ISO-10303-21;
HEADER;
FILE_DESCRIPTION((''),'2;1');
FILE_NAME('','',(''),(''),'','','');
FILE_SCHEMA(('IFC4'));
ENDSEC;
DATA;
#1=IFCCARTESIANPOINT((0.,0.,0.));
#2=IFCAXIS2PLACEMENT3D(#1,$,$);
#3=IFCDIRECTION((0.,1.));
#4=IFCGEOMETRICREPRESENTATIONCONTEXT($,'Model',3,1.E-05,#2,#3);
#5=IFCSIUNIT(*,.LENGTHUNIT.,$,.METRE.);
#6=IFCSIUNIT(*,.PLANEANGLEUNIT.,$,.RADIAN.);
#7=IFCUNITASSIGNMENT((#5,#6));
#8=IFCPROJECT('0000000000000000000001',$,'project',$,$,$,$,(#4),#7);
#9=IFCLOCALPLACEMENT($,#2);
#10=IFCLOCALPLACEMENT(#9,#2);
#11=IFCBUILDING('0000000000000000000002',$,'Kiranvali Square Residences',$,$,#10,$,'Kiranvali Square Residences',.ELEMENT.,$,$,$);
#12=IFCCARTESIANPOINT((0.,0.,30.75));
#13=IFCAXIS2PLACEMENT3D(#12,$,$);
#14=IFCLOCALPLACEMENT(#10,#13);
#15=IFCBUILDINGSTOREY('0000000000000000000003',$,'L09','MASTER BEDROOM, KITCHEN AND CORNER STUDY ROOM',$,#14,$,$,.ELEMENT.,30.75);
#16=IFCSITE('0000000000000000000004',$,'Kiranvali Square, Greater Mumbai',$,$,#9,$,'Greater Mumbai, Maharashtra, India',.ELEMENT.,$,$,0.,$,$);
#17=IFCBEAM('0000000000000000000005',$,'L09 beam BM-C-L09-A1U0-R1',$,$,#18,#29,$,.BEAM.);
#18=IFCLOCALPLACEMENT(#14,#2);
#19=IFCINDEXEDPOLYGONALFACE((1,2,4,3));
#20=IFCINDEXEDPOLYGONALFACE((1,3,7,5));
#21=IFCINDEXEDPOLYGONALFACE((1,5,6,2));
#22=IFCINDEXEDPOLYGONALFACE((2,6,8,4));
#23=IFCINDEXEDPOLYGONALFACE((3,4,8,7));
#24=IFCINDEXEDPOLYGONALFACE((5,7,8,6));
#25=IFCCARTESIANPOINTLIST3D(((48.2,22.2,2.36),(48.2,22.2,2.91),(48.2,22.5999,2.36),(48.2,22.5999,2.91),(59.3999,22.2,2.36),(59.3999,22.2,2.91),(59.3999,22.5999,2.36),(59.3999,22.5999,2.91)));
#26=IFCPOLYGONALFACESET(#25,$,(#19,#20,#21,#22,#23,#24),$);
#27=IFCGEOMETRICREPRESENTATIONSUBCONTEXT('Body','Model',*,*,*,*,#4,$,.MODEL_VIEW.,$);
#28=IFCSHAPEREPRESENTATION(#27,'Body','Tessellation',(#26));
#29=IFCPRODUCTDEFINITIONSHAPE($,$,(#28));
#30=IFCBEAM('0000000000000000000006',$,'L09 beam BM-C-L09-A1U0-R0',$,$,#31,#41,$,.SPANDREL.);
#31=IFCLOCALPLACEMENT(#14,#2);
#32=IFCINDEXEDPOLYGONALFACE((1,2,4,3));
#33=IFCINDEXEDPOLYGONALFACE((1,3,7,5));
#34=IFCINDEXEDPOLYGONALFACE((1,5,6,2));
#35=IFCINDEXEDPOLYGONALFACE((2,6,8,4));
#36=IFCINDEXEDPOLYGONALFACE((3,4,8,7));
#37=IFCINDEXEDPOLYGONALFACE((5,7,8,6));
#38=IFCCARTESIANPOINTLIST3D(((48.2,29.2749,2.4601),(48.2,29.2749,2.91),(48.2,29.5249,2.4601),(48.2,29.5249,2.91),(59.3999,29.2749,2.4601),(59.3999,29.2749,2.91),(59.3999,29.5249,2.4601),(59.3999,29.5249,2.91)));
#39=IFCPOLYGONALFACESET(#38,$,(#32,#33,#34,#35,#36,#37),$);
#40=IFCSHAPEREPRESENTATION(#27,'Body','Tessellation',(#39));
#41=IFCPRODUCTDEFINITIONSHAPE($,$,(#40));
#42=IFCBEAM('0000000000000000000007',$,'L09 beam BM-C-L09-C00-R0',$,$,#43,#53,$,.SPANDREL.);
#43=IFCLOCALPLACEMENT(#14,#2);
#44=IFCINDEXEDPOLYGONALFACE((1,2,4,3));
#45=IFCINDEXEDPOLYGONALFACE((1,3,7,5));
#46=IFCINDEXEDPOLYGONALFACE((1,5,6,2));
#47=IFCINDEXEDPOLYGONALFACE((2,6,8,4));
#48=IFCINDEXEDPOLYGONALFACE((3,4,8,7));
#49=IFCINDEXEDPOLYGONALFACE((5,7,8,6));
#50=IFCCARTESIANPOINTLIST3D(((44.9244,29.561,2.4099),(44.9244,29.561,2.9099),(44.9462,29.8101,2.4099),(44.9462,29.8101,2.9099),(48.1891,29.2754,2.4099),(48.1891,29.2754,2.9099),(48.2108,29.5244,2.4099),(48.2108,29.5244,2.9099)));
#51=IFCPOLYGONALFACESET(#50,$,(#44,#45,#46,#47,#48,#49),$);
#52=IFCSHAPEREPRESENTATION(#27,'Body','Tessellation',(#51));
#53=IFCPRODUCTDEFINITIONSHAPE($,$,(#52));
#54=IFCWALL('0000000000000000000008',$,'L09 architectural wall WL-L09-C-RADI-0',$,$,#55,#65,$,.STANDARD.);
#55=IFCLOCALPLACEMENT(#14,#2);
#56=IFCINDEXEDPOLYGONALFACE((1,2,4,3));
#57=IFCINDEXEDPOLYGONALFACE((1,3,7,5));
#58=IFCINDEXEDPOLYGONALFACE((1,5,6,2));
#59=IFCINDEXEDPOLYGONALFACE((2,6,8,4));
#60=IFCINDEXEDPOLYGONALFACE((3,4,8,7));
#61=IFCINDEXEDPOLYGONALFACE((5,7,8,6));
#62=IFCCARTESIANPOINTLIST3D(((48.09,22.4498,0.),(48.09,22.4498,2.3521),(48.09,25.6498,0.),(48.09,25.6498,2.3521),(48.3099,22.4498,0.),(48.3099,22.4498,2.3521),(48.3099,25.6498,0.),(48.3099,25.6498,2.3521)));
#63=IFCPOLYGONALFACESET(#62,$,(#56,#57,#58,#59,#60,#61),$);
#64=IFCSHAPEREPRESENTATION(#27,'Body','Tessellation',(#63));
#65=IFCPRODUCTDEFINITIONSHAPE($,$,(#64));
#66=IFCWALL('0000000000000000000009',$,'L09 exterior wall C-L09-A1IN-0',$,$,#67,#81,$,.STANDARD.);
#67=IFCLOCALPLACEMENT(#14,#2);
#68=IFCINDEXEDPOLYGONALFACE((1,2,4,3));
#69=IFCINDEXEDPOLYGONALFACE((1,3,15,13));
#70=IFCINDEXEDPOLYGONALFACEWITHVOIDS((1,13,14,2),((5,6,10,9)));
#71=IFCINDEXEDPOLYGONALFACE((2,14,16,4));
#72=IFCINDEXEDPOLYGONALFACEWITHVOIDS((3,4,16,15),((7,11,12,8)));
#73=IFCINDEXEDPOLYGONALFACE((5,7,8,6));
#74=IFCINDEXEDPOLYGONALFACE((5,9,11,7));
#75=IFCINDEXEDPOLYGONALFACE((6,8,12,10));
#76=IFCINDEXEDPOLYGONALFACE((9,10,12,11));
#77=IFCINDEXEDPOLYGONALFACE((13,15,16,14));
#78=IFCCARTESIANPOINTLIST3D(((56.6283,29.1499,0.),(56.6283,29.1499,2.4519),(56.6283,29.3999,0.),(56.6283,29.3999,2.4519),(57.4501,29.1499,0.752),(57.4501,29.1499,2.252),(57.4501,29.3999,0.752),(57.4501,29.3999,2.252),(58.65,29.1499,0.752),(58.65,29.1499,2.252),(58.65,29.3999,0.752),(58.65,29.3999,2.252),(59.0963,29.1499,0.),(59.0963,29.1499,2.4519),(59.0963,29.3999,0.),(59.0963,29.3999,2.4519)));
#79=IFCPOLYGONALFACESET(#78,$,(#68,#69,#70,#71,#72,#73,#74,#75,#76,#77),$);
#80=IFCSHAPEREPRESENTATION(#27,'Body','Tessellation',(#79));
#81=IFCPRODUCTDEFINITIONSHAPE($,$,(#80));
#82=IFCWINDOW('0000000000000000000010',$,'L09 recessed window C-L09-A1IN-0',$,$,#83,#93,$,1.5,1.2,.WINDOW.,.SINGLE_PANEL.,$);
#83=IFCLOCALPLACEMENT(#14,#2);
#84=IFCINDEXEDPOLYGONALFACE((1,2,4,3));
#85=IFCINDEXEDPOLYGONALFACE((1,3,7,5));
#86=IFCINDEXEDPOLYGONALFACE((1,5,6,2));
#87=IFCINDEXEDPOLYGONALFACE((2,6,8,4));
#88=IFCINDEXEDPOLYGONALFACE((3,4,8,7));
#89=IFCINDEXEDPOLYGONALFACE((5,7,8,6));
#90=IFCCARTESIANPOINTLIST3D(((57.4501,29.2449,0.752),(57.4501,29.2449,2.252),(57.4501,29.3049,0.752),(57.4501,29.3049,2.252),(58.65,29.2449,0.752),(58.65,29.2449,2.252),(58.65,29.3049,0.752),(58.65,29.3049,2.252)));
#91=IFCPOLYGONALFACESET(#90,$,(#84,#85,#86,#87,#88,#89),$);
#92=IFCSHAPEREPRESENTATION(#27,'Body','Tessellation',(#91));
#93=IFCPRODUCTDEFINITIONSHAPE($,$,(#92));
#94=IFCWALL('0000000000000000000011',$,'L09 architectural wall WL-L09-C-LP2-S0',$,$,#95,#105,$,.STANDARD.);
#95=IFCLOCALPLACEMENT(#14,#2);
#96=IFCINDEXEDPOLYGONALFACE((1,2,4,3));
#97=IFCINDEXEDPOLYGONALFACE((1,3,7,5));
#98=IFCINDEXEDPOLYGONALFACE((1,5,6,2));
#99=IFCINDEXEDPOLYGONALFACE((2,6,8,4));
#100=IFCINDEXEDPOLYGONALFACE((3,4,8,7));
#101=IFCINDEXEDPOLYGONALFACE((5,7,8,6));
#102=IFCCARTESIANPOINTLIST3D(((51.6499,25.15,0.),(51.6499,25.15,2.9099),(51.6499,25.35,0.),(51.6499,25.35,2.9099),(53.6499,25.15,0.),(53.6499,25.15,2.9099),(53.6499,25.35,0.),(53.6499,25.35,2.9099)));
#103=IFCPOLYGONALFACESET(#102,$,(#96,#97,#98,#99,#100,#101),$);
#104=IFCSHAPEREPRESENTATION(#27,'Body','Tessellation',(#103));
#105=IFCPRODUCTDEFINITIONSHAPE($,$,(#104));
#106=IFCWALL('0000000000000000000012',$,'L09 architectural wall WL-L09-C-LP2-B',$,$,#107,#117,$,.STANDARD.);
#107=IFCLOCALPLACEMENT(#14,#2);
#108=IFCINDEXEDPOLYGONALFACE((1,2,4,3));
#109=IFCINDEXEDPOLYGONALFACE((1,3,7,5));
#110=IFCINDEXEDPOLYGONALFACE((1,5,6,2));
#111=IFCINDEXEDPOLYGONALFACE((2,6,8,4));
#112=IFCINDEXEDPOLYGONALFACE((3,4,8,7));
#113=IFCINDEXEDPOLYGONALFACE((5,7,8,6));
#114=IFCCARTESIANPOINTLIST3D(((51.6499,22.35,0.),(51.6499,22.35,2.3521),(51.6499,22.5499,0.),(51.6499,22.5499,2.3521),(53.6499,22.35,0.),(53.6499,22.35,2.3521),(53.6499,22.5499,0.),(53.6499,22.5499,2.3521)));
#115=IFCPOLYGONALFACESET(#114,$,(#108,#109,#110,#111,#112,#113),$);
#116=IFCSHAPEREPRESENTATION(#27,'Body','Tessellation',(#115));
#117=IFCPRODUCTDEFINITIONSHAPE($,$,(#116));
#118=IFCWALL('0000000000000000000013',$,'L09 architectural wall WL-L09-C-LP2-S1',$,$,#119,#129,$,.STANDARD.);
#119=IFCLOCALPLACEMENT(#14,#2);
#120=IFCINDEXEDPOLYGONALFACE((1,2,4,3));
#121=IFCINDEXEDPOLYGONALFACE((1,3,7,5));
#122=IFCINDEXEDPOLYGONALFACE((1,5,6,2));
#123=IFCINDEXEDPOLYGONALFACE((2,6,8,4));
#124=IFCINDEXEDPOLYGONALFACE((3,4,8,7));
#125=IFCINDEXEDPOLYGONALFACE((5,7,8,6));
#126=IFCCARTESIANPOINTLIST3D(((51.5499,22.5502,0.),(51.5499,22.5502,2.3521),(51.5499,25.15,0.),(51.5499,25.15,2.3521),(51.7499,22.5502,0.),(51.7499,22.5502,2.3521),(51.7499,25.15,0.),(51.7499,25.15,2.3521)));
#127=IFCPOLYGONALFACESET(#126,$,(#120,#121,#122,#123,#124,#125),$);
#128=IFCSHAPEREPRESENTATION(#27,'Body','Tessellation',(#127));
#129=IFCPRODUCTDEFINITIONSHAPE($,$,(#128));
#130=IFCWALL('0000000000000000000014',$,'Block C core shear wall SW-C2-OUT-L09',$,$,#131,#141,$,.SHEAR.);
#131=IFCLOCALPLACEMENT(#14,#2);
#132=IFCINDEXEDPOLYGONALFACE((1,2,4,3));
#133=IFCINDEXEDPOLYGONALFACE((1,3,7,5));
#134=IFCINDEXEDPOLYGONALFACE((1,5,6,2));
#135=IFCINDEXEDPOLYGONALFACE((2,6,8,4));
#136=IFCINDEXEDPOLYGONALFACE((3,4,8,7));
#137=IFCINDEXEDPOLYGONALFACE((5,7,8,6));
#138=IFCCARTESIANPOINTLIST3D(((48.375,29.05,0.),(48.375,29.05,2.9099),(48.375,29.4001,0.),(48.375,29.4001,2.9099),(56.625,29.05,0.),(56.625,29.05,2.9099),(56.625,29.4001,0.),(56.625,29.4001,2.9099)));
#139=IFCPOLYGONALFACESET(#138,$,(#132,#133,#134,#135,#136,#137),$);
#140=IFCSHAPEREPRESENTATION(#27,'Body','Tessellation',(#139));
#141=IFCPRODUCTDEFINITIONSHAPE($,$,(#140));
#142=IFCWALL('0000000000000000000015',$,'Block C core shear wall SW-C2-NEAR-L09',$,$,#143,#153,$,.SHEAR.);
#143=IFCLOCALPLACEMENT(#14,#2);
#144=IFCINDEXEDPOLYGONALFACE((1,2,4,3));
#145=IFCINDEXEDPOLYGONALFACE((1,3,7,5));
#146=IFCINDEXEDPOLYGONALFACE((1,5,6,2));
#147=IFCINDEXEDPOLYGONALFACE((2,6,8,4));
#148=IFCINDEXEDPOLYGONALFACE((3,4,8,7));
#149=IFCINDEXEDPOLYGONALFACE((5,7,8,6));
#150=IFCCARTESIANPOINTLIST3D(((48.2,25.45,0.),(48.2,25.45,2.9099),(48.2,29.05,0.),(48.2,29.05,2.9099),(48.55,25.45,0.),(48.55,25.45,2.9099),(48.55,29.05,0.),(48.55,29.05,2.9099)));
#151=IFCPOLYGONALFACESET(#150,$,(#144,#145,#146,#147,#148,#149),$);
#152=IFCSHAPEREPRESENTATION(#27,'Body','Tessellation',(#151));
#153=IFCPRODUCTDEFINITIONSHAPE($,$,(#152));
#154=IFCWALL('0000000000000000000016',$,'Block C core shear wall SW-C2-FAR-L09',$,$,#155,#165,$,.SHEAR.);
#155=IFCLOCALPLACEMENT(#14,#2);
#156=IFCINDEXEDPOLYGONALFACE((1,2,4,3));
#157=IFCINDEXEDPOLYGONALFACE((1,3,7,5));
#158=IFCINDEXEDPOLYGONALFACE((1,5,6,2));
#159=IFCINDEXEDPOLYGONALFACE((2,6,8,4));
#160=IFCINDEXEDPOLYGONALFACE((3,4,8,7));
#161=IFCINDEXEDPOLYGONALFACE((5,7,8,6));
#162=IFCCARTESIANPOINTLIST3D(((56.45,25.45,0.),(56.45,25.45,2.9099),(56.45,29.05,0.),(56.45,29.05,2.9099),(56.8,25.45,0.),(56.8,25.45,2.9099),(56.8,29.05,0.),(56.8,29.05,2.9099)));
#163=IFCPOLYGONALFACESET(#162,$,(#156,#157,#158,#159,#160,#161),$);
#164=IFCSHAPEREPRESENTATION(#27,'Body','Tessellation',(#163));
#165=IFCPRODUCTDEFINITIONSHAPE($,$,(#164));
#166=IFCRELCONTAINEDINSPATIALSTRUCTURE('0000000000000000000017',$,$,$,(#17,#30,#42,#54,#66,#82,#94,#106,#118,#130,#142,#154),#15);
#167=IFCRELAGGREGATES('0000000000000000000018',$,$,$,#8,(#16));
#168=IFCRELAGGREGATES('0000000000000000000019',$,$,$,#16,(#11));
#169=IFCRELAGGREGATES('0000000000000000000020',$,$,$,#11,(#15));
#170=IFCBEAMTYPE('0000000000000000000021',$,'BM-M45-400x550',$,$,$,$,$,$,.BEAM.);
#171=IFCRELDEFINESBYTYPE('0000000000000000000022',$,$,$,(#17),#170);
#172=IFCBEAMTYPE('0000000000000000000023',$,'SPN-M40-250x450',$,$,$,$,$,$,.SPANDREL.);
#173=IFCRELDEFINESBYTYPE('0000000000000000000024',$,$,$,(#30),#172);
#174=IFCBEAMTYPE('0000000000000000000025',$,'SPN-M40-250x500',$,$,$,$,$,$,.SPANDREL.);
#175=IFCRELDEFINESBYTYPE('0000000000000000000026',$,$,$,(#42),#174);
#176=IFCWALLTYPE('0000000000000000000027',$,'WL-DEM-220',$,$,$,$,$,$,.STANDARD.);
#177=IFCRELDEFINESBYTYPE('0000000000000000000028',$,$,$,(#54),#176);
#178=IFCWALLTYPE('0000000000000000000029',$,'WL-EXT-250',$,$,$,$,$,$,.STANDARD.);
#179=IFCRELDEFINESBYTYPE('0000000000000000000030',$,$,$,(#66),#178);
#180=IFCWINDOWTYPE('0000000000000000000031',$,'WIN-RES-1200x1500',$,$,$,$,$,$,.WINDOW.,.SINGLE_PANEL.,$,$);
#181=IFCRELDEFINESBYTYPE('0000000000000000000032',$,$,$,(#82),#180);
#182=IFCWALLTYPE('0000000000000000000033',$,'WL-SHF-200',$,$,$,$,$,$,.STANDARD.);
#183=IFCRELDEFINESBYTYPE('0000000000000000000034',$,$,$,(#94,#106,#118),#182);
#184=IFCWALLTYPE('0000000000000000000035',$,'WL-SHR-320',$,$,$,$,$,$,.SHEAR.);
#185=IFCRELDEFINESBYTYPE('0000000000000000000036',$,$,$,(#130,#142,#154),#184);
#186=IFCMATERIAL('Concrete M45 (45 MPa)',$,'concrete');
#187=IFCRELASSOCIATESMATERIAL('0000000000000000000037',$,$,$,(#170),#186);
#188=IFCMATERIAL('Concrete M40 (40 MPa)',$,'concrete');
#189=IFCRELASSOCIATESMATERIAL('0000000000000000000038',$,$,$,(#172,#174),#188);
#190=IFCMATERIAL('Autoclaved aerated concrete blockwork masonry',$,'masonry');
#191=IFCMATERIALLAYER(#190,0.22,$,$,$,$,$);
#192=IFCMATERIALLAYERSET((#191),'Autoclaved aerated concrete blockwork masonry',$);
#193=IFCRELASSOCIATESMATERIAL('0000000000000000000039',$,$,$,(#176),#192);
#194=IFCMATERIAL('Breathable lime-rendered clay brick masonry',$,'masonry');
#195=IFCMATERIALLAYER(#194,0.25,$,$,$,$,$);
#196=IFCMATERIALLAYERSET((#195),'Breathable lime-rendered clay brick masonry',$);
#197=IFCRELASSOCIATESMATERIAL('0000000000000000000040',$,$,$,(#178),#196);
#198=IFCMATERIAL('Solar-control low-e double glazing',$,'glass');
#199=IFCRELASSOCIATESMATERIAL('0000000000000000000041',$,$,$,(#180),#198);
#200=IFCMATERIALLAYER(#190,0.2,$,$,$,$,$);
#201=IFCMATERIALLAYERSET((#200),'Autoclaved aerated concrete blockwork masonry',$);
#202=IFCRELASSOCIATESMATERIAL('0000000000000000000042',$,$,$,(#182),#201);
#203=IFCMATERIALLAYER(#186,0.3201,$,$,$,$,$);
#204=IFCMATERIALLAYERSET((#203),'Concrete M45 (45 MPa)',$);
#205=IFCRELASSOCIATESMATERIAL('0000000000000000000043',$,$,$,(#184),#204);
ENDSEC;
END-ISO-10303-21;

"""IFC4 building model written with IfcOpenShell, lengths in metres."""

from ifc_helpers import new_model, si_unit, direction, frame, frame_2d, origin, origin_2d, place, context, subcontext, project, spatial, rectangle, extrude, material, layer, layer_set, material_profile, profile_set, type_object, element, fill, save


model = new_model("IFC4")

# Units and contexts
model_context = context("Model", 3, precision=1e-05, world=origin(), true_north=direction((0.0, 1.0)))
body_context = subcontext(model_context, "Body", "Model", "MODEL_VIEW")
ifc_project = project(units=[si_unit("LENGTHUNIT", "METRE"), si_unit("PLANEANGLEUNIT", "RADIAN")], contexts=[model_context])

# Site, building, storey
site_placement = place(None, origin())
site = spatial("IfcSite", under=ifc_project, at=site_placement, Name="Kiranvali Square, Greater Mumbai", LongName="Greater Mumbai, Maharashtra, India", CompositionType="ELEMENT", RefElevation=0.0)
building_placement = place(site_placement, origin())
building = spatial("IfcBuilding", under=site, at=building_placement, Name="Kiranvali Square Residences", LongName="Kiranvali Square Residences", CompositionType="ELEMENT")
storey_placement = place(building_placement, frame((0.0, 0.0, 30.75)))
storey = spatial("IfcBuildingStorey", under=building, at=storey_placement, Name="L09", Description="MASTER BEDROOM, KITCHEN AND CORNER STUDY ROOM", CompositionType="ELEMENT", Elevation=30.75)

# Beams
ifc_material_1 = material(Name="Concrete M45 (45 MPa)", Category="concrete")
ifc_material_profile_1 = material_profile(ifc_material_1, rectangle(XDim=0.3999, YDim=0.55, at=origin_2d()), Name="RC 400x550")
ifc_profile_set_1 = profile_set([ifc_material_profile_1], Name="Concrete M45 (45 MPa)")
beam_type_1 = type_object("IfcBeamType", Name="BM-M45-400x550", PredefinedType="BEAM", material=ifc_profile_set_1)
beam_1_placement = place(storey_placement, frame((48.2, 22.3999, 2.635), z_axis=(1.0, 0.0, 0.0), x_axis=(0.0, 1.0, 0.0)))
element("IfcBeam", 1, at=beam_1_placement, inside=storey, type_object=beam_type_1, Name="L09 beam BM-C-L09-A1U0-R1", PredefinedType="BEAM", context=body_context, shape_type="SweptSolid", body=[
    extrude(rectangle(XDim=0.3999, YDim=0.55, at=origin_2d()), origin(), (0.0, 0.0, 1.0), 11.2),
])
ifc_material_2 = material(Name="Concrete M40 (40 MPa)", Category="concrete")
ifc_material_profile_2 = material_profile(ifc_material_2, rectangle(XDim=0.25, YDim=0.45, at=origin_2d()), Name="RC 250x450")
ifc_profile_set_2 = profile_set([ifc_material_profile_2], Name="Concrete M40 (40 MPa)")
beam_type_2 = type_object("IfcBeamType", Name="SPN-M40-250x450", PredefinedType="SPANDREL", material=ifc_profile_set_2)
beam_2_placement = place(storey_placement, frame((48.2, 29.3999, 2.6851), z_axis=(1.0, 0.0, 0.0), x_axis=(0.0, 1.0, 0.0)))
element("IfcBeam", 2, at=beam_2_placement, inside=storey, type_object=beam_type_2, Name="L09 beam BM-C-L09-A1U0-R0", PredefinedType="SPANDREL", context=body_context, shape_type="SweptSolid", body=[
    extrude(rectangle(XDim=0.25, YDim=0.45, at=origin_2d()), origin(), (0.0, 0.0, 1.0), 11.2),
])
ifc_material_profile_3 = material_profile(ifc_material_2, rectangle(XDim=0.25, YDim=0.5, at=origin_2d()), Name="RC 250x500")
ifc_profile_set_3 = profile_set([ifc_material_profile_3], Name="Concrete M40 (40 MPa)")
beam_type_3 = type_object("IfcBeamType", Name="SPN-M40-250x500", PredefinedType="SPANDREL", material=ifc_profile_set_3)
beam_3_placement = place(storey_placement, frame((48.2, 29.3999, 2.6599), z_axis=(-0.996194, 0.087163, 0.0), x_axis=(-0.087163, -0.996194, 0.0)))
element("IfcBeam", 3, at=beam_3_placement, inside=storey, type_object=beam_type_3, Name="L09 beam BM-C-L09-C00-R0", PredefinedType="SPANDREL", context=body_context, shape_type="SweptSolid", body=[
    extrude(rectangle(XDim=0.25, YDim=0.5, at=origin_2d()), origin(), (0.0, 0.0, 1.0), 3.2771),
])

# Shared definitions
ifc_material_3 = material(Name="Autoclaved aerated concrete blockwork masonry", Category="masonry")

# Wall
ifc_layer_1 = layer(ifc_material_3, 0.22)
ifc_layer_set_1 = layer_set([ifc_layer_1], Name="Autoclaved aerated concrete blockwork masonry")
wall_type_1 = type_object("IfcWallType", Name="WL-DEM-220", PredefinedType="STANDARD", material=ifc_layer_set_1)
wall_1_placement = place(storey_placement, frame((48.2, 25.6499, 0.0), z_axis=(0.0, 0.0, 1.0), x_axis=(0.0, -1.0, 0.0)))
element("IfcWall", 4, at=wall_1_placement, inside=storey, type_object=wall_type_1, Name="L09 architectural wall WL-L09-C-RADI-0", PredefinedType="STANDARD", context=body_context, shape_type="SweptSolid", body=[
    extrude(rectangle(XDim=3.2, YDim=0.22, at=frame_2d((1.6001, 0.0))), origin(), (0.0, 0.0, 1.0), 2.3521),
])

# Wall, opening, window
ifc_material_4 = material(Name="Breathable lime-rendered clay brick masonry", Category="masonry")
ifc_layer_2 = layer(ifc_material_4, 0.25)
ifc_layer_set_2 = layer_set([ifc_layer_2], Name="Breathable lime-rendered clay brick masonry")
wall_type_2 = type_object("IfcWallType", Name="WL-EXT-250", PredefinedType="STANDARD", material=ifc_layer_set_2)
wall_2_placement = place(storey_placement, frame((56.6284, 29.2749, 0.0), z_axis=(0.0, 0.0, 1.0), x_axis=(1.0, 0.0, 0.0)))
wall_2 = element("IfcWall", 5, at=wall_2_placement, inside=storey, type_object=wall_type_2, Name="L09 exterior wall C-L09-A1IN-0", PredefinedType="STANDARD", context=body_context, shape_type="SweptSolid", body=[
    extrude(rectangle(XDim=2.468, YDim=0.25, at=frame_2d((1.2339, 0.0))), origin(), (0.0, 0.0, 1.0), 2.4519),
])
opening_1_placement = place(wall_2_placement, frame((0.8215, 0.0, 0.752)))
opening_1 = element("IfcOpeningElement", 6, at=opening_1_placement, cuts=wall_2, PredefinedType="OPENING", context=body_context, shape_type="SweptSolid", body=[
    extrude(rectangle(XDim=1.2, YDim=1.5, at=frame_2d((0.6001, 0.75))), frame((0.0, 0.135, 0.0), z_axis=(0.0, -1.0, 0.0), x_axis=(1.0, 0.0, 0.0)), (0.0, 0.0, 1.0), 0.27),
])
ifc_material_5 = material(Name="Solar-control low-e double glazing", Category="glass")
window_type = type_object("IfcWindowType", Name="WIN-RES-1200x1500", PartitioningType="SINGLE_PANEL", PredefinedType="WINDOW", material=ifc_material_5)
window_placement = place(opening_1_placement, origin())
window = element("IfcWindow", 7, at=window_placement, inside=storey, type_object=window_type, Name="L09 recessed window C-L09-A1IN-0", OverallHeight=1.5, OverallWidth=1.2, PartitioningType="SINGLE_PANEL", PredefinedType="WINDOW", context=body_context, shape_type="SweptSolid", body=[
    extrude(rectangle(XDim=1.2, YDim=1.5, at=frame_2d((0.6001, 0.75))), frame((0.0, 0.03, 0.0), z_axis=(0.0, -1.0, 0.0), x_axis=(1.0, 0.0, 0.0)), (0.0, 0.0, 1.0), 0.0601),
])
fill(opening_1, window)

# Walls
ifc_layer_3 = layer(ifc_material_3, 0.2)
ifc_layer_set_3 = layer_set([ifc_layer_3], Name="Autoclaved aerated concrete blockwork masonry")
wall_type_3 = type_object("IfcWallType", Name="WL-SHF-200", PredefinedType="STANDARD", material=ifc_layer_set_3)
wall_3_placement = place(storey_placement, frame((51.6499, 25.25, 0.0), z_axis=(0.0, 0.0, 1.0), x_axis=(1.0, 0.0, 0.0)))
element("IfcWall", 8, at=wall_3_placement, inside=storey, type_object=wall_type_3, Name="L09 architectural wall WL-L09-C-LP2-S0", PredefinedType="STANDARD", context=body_context, shape_type="SweptSolid", body=[
    extrude(rectangle(XDim=2.0, YDim=0.2, at=frame_2d((1.0, 0.0))), origin(), (0.0, 0.0, 1.0), 2.9099),
])
wall_4_placement = place(storey_placement, frame((51.6499, 22.45, 0.0), z_axis=(0.0, 0.0, 1.0), x_axis=(1.0, 0.0, 0.0)))
element("IfcWall", 9, at=wall_4_placement, inside=storey, type_object=wall_type_3, Name="L09 architectural wall WL-L09-C-LP2-B", PredefinedType="STANDARD", context=body_context, shape_type="SweptSolid", body=[
    extrude(rectangle(XDim=2.0, YDim=0.2, at=frame_2d((1.0, 0.0))), origin(), (0.0, 0.0, 1.0), 2.3521),
])
wall_5_placement = place(storey_placement, frame((51.6499, 25.1499, 0.0), z_axis=(0.0, 0.0, 1.0), x_axis=(0.0, -1.0, 0.0)))
element("IfcWall", 10, at=wall_5_placement, inside=storey, type_object=wall_type_3, Name="L09 architectural wall WL-L09-C-LP2-S1", PredefinedType="STANDARD", context=body_context, shape_type="SweptSolid", body=[
    extrude(rectangle(XDim=2.5999, YDim=0.2, at=frame_2d((1.2998, 0.0))), origin(), (0.0, 0.0, 1.0), 2.3521),
])

# Wall
ifc_layer_4 = layer(ifc_material_1, 0.3201)
ifc_layer_set_4 = layer_set([ifc_layer_4], Name="Concrete M45 (45 MPa)")
wall_type_4 = type_object("IfcWallType", Name="WL-SHR-320", PredefinedType="SHEAR", material=ifc_layer_set_4)
wall_6_placement = place(storey_placement, frame((48.375, 29.2251, 0.0), z_axis=(0.0, 0.0, 1.0), x_axis=(1.0, 0.0, 0.0)))
element("IfcWall", 11, at=wall_6_placement, inside=storey, type_object=wall_type_4, Name="Block C core shear wall SW-C2-OUT-L09", PredefinedType="SHEAR", context=body_context, shape_type="SweptSolid", body=[
    extrude(rectangle(XDim=8.25, YDim=0.3501, at=frame_2d((4.125, 0.0))), origin(), (0.0, 0.0, 1.0), 2.9099),
])

# Walls
for number, where, z_axis, x_axis, name in (
    (12, (48.375, 29.05, 0.0), (0.0, 0.0, 1.0), (0.0, -1.0, 0.0), "Block C core shear wall SW-C2-NEAR-L09"),
    (13, (56.625, 29.05, 0.0), (0.0, 0.0, 1.0), (0.0, -1.0, 0.0), "Block C core shear wall SW-C2-FAR-L09"),
):
    element("IfcWall", number, at=place(storey_placement, frame(where, z_axis=z_axis, x_axis=x_axis)), inside=storey, type_object=wall_type_4, Name=name, PredefinedType="SHEAR", context=body_context, shape_type="SweptSolid", body=[
        extrude(rectangle(XDim=3.6001, YDim=0.3501, at=frame_2d((1.8, 0.0))), origin(), (0.0, 0.0, 1.0), 2.9099),
    ])

save(model, "model.ifc")
